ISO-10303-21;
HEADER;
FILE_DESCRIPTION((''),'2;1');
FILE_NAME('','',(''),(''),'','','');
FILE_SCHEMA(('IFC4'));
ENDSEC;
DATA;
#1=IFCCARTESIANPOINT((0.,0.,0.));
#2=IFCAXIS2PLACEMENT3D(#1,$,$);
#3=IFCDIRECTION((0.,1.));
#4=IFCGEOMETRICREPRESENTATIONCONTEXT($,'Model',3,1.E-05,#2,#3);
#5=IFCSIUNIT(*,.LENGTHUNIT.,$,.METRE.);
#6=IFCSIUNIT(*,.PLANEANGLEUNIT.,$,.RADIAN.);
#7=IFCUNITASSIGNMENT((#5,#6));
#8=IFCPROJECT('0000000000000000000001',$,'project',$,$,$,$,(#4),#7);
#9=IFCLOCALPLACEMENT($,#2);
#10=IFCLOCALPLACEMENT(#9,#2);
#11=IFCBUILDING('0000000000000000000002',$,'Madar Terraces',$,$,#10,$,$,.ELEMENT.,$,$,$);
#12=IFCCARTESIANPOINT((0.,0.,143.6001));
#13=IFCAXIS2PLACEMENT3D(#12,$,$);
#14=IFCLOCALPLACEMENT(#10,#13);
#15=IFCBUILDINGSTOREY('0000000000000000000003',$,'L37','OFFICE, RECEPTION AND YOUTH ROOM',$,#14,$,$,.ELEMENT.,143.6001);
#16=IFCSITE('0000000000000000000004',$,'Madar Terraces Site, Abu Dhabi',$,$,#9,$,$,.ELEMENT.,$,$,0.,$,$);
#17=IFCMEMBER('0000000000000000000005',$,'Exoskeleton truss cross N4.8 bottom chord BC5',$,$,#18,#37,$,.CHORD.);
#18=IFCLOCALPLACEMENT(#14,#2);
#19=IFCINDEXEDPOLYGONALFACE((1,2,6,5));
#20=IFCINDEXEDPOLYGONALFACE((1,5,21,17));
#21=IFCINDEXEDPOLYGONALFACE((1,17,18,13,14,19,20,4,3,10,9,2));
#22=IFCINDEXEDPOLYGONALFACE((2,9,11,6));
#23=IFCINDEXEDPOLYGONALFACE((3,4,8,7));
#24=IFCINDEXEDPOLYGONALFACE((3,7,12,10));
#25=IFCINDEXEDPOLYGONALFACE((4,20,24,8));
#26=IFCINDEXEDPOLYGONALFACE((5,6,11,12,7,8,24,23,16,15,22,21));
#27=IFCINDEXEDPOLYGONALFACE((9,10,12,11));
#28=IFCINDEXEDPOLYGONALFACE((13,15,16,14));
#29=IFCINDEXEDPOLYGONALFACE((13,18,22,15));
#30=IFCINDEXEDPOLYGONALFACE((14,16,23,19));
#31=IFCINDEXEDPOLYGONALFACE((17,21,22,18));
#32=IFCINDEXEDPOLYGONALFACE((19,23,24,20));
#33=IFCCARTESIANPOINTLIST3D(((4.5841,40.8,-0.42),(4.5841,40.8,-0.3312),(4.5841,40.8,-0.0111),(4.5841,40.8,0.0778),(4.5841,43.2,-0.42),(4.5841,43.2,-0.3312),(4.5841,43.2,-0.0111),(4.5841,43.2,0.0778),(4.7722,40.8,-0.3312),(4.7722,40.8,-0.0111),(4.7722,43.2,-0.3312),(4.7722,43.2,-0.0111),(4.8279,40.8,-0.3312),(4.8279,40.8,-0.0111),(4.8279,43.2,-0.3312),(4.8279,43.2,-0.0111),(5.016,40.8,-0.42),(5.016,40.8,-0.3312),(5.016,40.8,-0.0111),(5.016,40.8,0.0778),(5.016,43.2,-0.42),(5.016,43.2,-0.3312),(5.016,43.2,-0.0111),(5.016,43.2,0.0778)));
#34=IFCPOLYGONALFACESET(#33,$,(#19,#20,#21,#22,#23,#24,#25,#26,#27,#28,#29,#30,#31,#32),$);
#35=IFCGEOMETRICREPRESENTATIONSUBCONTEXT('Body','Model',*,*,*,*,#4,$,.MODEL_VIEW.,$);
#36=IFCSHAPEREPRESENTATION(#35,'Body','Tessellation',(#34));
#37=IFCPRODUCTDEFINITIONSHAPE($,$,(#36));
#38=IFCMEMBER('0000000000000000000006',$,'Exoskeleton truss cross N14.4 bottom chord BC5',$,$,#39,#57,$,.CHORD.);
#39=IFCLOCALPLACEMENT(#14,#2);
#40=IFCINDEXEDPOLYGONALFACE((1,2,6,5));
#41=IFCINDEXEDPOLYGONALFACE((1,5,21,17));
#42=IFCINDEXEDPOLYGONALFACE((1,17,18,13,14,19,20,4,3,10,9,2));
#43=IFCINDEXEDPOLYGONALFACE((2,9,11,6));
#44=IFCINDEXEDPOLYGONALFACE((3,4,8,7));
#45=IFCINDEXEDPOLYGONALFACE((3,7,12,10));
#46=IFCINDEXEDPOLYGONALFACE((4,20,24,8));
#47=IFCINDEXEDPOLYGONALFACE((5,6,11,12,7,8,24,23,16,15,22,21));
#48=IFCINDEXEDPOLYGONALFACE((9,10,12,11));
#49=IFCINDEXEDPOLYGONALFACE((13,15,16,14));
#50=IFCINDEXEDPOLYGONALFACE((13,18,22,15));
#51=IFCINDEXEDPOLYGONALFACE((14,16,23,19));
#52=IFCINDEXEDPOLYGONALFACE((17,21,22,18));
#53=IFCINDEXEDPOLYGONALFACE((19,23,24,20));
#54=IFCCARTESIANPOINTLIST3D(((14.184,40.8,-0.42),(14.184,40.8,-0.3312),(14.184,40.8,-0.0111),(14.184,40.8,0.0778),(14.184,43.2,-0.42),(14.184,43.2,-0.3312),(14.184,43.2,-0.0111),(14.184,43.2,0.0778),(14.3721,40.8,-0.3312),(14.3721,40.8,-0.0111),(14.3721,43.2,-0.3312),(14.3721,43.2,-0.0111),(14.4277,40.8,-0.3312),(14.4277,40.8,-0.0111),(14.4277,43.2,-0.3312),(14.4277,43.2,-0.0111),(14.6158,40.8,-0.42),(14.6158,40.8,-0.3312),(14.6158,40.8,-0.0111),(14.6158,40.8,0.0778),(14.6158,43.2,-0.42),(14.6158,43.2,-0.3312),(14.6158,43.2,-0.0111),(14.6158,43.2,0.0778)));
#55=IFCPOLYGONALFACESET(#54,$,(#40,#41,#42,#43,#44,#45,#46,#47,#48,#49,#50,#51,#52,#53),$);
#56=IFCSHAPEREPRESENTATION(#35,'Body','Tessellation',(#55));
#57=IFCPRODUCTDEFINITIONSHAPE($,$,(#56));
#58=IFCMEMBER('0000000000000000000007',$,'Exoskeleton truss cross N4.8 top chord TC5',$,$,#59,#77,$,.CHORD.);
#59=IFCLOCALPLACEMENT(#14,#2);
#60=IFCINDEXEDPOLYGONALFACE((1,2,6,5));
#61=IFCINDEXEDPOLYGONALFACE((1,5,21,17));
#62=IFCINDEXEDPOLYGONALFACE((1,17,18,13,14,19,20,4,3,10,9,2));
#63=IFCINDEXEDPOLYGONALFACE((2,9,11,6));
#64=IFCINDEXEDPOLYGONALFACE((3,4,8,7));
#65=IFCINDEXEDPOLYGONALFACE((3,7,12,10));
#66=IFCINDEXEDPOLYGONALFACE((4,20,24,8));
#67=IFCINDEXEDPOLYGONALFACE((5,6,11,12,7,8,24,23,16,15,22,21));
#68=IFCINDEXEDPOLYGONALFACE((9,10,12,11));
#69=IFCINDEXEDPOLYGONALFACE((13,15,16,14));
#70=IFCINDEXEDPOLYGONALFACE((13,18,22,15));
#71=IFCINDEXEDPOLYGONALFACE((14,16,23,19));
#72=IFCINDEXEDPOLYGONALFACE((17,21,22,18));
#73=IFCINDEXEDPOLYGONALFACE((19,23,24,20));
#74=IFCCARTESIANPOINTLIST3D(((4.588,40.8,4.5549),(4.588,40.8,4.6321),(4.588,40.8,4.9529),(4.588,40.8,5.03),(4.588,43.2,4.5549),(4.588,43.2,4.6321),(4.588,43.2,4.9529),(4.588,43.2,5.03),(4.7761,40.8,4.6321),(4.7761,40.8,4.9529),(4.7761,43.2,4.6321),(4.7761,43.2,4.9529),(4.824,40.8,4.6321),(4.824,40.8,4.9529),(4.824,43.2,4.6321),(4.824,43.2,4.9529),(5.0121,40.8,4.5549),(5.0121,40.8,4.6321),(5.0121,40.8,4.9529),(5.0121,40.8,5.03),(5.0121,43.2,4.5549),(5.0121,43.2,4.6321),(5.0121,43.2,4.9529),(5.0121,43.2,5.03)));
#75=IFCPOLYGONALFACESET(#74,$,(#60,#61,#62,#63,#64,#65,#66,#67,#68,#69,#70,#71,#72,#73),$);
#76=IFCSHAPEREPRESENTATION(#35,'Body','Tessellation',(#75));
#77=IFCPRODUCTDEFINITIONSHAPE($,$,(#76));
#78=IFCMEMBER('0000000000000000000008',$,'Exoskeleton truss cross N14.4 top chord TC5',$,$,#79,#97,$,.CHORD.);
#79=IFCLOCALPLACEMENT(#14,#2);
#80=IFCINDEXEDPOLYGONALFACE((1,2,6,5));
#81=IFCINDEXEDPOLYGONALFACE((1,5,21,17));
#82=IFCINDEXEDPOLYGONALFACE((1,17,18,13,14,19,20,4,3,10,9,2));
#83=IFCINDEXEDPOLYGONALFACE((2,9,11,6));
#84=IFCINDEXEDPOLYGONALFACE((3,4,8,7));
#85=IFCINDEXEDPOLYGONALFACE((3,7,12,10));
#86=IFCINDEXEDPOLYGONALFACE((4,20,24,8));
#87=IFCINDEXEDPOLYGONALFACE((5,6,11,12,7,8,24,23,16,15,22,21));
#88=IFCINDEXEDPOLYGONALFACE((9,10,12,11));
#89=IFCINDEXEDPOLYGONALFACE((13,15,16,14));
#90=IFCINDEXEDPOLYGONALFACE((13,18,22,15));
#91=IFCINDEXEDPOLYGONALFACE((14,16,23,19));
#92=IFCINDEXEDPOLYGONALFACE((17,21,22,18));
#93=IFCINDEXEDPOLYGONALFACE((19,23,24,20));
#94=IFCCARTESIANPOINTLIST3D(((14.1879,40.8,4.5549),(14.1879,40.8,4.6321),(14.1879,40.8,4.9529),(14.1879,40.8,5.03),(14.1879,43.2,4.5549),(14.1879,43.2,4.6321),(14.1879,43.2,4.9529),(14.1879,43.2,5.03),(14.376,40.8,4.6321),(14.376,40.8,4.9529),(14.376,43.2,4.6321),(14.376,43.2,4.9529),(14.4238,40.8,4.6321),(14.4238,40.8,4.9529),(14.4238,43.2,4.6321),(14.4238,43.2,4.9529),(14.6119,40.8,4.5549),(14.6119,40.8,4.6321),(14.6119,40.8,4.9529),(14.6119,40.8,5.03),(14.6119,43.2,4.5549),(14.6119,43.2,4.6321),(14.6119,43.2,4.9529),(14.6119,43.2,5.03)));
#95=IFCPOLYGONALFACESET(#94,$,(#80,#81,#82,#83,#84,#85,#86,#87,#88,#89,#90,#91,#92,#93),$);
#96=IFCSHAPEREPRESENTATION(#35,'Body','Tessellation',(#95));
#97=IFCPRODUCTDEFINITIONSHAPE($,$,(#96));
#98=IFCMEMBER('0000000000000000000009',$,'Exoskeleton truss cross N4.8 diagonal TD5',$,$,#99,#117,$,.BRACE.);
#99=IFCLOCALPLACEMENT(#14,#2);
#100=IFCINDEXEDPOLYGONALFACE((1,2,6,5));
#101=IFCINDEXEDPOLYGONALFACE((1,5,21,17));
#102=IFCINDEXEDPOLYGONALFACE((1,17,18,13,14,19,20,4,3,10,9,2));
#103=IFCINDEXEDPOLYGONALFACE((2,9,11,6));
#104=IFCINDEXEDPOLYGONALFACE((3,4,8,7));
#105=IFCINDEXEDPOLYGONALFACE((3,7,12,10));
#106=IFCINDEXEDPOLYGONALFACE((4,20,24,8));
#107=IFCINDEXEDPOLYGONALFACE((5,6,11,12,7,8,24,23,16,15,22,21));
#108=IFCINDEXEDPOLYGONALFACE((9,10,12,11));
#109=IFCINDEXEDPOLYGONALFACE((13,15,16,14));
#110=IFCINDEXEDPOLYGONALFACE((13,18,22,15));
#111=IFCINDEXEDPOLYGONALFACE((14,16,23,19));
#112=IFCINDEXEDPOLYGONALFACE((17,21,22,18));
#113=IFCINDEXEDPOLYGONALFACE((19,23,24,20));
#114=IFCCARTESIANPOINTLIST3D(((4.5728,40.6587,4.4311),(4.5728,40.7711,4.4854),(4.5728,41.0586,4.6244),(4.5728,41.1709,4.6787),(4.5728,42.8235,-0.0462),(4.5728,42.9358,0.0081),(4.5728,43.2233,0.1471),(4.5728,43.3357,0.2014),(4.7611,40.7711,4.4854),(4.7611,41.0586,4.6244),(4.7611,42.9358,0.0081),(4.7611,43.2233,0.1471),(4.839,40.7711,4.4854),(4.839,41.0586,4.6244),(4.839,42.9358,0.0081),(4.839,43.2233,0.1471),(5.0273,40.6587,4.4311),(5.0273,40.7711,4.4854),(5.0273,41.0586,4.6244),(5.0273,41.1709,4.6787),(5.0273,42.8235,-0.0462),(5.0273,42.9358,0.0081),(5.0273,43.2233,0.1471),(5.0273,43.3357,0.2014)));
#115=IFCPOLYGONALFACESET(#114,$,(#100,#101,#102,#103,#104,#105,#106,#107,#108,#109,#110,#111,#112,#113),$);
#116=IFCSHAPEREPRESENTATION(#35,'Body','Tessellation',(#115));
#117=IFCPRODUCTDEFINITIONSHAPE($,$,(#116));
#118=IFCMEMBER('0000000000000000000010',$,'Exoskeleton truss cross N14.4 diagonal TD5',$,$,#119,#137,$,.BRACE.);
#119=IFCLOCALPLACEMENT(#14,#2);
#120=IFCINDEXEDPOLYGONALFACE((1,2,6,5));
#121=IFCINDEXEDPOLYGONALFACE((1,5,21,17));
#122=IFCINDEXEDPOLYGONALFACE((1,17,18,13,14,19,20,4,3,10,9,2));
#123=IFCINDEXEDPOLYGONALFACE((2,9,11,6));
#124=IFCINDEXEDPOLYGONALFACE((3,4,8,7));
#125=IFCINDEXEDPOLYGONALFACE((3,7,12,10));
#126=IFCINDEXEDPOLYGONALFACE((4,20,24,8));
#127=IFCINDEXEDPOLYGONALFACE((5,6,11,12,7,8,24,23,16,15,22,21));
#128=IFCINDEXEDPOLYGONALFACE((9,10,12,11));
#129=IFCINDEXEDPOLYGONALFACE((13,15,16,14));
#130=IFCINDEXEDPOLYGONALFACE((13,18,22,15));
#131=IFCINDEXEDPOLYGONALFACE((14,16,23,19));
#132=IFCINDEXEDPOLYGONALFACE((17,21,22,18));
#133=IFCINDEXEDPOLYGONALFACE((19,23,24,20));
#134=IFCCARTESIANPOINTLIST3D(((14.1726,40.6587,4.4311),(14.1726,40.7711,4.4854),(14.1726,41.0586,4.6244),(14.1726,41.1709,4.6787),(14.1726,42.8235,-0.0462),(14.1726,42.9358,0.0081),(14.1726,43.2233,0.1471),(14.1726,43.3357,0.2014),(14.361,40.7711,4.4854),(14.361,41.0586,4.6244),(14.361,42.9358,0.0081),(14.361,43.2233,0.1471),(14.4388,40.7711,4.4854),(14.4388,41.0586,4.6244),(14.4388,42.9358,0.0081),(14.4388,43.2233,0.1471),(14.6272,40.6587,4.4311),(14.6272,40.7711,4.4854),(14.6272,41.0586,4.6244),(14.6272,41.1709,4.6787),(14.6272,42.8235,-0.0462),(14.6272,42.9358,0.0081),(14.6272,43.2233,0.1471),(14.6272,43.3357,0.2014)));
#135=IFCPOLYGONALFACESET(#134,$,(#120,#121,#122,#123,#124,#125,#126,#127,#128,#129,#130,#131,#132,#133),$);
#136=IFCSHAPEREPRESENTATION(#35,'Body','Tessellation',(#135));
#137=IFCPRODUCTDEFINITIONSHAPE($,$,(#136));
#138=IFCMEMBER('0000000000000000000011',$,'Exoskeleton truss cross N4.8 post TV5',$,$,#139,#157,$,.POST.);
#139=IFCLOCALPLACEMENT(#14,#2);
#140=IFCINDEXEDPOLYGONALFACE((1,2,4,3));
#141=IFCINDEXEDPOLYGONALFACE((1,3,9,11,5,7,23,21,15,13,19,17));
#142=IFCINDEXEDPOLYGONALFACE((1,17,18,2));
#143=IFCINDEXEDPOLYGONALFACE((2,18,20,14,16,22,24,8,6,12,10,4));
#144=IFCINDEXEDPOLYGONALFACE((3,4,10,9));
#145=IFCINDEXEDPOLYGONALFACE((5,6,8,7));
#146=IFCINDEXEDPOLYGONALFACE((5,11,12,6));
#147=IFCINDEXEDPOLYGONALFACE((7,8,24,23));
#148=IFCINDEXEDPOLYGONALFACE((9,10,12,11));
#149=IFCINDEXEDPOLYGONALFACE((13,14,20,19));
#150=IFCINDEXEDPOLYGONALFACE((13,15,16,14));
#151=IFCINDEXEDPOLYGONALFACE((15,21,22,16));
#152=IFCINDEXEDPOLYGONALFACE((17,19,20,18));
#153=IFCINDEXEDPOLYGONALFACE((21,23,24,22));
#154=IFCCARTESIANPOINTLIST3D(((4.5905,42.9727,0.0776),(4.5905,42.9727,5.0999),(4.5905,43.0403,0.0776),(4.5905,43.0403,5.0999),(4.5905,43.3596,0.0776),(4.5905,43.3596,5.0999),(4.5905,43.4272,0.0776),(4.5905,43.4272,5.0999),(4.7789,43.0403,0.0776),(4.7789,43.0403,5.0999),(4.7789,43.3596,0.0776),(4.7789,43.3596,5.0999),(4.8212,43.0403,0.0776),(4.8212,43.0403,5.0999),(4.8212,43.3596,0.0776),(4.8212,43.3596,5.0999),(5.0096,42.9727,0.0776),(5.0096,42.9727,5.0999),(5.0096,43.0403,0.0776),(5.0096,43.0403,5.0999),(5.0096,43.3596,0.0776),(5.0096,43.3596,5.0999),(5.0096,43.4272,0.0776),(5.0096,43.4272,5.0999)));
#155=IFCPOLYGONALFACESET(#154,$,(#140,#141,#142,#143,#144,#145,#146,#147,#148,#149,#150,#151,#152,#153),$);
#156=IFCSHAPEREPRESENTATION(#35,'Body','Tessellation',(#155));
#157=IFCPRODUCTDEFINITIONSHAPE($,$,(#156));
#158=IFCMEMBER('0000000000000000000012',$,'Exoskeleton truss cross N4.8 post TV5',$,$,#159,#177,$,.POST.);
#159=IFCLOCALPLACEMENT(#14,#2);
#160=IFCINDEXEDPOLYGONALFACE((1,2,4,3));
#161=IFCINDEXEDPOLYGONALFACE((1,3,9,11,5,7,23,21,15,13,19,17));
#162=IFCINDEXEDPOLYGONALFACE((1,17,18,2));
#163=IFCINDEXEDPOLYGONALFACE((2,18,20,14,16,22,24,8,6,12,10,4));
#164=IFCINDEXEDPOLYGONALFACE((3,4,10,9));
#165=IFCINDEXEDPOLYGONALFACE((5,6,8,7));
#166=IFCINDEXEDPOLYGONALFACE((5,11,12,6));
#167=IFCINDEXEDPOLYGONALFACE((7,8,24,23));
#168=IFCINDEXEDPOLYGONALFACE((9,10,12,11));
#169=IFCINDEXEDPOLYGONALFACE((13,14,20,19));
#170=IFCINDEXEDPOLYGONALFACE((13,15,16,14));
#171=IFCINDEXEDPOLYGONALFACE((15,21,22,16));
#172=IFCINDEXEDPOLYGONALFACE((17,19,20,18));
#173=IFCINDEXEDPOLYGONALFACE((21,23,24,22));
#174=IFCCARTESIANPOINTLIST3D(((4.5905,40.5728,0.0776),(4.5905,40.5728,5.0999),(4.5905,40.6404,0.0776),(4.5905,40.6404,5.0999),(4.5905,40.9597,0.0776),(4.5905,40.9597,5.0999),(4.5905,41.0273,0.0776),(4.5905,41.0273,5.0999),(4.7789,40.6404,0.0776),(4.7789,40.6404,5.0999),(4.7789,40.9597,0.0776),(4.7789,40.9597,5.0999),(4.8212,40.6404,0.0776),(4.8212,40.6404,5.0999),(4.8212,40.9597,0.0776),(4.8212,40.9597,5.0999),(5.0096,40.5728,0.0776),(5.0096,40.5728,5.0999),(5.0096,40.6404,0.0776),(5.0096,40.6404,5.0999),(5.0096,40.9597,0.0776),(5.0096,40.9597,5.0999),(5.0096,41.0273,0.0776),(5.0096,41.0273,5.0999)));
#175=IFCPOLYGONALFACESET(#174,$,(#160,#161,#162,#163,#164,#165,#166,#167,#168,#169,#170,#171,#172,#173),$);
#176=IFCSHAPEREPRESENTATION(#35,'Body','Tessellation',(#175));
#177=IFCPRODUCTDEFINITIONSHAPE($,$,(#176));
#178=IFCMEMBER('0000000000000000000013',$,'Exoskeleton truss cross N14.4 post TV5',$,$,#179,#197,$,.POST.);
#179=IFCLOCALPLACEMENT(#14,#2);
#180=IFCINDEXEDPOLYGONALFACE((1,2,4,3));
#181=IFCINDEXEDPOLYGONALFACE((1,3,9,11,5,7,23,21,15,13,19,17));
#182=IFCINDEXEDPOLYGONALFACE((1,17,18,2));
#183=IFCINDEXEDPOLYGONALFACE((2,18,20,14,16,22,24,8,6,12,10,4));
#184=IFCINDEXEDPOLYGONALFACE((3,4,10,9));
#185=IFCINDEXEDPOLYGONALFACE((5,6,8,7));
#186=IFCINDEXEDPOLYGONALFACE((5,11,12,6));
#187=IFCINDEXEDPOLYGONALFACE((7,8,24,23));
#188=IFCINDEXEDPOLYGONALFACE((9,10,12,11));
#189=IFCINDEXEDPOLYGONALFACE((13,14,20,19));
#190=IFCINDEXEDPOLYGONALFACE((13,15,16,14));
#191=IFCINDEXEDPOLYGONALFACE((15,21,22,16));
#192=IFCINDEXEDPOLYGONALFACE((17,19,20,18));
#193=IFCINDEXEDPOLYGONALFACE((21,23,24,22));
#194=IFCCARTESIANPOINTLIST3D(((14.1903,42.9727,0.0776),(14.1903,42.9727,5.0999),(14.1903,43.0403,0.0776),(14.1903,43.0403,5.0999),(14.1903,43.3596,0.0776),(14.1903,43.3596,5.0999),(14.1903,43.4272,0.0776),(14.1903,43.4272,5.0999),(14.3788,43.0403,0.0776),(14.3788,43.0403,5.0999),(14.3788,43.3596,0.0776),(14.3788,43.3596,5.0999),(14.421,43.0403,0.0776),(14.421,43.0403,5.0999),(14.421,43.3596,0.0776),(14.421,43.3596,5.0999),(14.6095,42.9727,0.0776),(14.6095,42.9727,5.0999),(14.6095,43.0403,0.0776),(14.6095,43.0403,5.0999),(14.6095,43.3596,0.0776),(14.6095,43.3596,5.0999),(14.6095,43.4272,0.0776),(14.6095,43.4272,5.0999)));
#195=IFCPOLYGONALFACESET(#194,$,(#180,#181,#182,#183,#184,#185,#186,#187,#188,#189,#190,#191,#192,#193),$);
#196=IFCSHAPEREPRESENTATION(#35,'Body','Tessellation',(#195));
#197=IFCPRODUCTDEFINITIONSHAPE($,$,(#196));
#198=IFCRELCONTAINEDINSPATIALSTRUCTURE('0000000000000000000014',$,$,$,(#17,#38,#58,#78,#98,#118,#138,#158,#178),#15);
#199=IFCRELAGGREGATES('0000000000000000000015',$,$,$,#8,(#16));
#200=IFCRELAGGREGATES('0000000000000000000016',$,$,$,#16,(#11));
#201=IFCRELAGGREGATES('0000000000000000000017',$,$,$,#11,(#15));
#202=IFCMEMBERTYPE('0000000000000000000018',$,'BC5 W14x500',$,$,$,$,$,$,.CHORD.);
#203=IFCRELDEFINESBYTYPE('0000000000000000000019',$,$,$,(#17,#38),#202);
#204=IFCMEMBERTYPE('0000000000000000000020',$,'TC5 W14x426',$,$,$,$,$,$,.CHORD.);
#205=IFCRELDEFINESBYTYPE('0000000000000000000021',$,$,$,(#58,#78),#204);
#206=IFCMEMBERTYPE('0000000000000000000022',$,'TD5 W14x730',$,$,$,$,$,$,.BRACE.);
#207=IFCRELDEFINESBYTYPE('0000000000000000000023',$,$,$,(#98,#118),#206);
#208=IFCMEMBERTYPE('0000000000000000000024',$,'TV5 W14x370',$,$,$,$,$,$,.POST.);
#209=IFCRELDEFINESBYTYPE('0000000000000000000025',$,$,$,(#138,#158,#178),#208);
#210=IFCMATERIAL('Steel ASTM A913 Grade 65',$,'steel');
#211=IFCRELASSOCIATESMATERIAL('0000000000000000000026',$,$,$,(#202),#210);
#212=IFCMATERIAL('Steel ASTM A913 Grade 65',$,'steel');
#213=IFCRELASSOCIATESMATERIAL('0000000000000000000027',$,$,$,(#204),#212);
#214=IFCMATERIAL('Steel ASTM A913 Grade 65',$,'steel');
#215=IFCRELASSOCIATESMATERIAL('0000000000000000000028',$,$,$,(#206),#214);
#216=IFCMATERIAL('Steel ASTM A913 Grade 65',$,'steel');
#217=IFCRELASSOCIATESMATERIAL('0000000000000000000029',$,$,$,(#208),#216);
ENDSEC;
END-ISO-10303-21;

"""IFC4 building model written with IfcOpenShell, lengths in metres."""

from ifc_helpers import new_model, si_unit, direction, frame, origin, origin_2d, place, context, subcontext, project, spatial, i_section, extrude, material, material_profile, profile_set, type_object, element, save


model = new_model("IFC4")

# Units and contexts
model_context = context("Model", 3, precision=1e-05, world=origin(), true_north=direction((0.0, 1.0)))
body_context = subcontext(model_context, "Body", "Model", "MODEL_VIEW")
ifc_project = project(units=[si_unit("LENGTHUNIT", "METRE"), si_unit("PLANEANGLEUNIT", "RADIAN")], contexts=[model_context])

# Site, building, storey
site_placement = place(None, origin())
site = spatial("IfcSite", under=ifc_project, at=site_placement, Name="Madar Terraces Site, Abu Dhabi", CompositionType="ELEMENT", RefElevation=0.0)
building_placement = place(site_placement, origin())
building = spatial("IfcBuilding", under=site, at=building_placement, Name="Madar Terraces", CompositionType="ELEMENT")
storey_placement = place(building_placement, frame((0.0, 0.0, 143.6001)))
storey = spatial("IfcBuildingStorey", under=building, at=storey_placement, Name="L37", Description="OFFICE, RECEPTION AND YOUTH ROOM", CompositionType="ELEMENT", Elevation=143.6001)

# Members
ifc_material_1 = material(Name="Steel ASTM A913 Grade 65", Category="steel")
ifc_material_profile_1 = material_profile(ifc_material_1, i_section(OverallWidth=0.4319, OverallDepth=0.4978, WebThickness=0.0557, FlangeThickness=0.0889, at=origin_2d()), Name="W14x500")
ifc_profile_set_1 = profile_set([ifc_material_profile_1], Name="Steel ASTM A913 Grade 65")
member_type_1 = type_object("IfcMemberType", Name="BC5 W14x500", PredefinedType="CHORD", material=ifc_profile_set_1)
for number, where, z_axis, x_axis, name in (
    (1, (4.8, 43.2, -0.1711), (0.0, -1.0, 0.0), (1.0, 0.0, 0.0), "Exoskeleton truss cross N4.8 bottom chord BC5"),
    (2, (14.3999, 43.2, -0.1711), (0.0, -1.0, 0.0), (1.0, 0.0, 0.0), "Exoskeleton truss cross N14.4 bottom chord BC5"),
):
    element("IfcMember", number, at=place(storey_placement, frame(where, z_axis=z_axis, x_axis=x_axis)), inside=storey, type_object=member_type_1, Name=name, PredefinedType="CHORD", context=body_context, shape_type="SweptSolid", body=[
        extrude(i_section(OverallWidth=0.4319, OverallDepth=0.4978, WebThickness=0.0557, FlangeThickness=0.0889, at=origin_2d()), origin(), (0.0, 0.0, 1.0), 2.3999),
    ])
ifc_material_2 = material(Name="Steel ASTM A913 Grade 65", Category="steel")
ifc_material_profile_2 = material_profile(ifc_material_2, i_section(OverallWidth=0.4241, OverallDepth=0.4751, WebThickness=0.0479, FlangeThickness=0.0771, at=origin_2d()), Name="W14x426")
ifc_profile_set_2 = profile_set([ifc_material_profile_2], Name="Steel ASTM A913 Grade 65")
member_type_2 = type_object("IfcMemberType", Name="TC5 W14x426", PredefinedType="CHORD", material=ifc_profile_set_2)
for number, where, z_axis, x_axis, name in (
    (3, (4.8, 43.2, 4.7925), (0.0, -1.0, 0.0), (1.0, 0.0, 0.0), "Exoskeleton truss cross N4.8 top chord TC5"),
    (4, (14.3999, 43.2, 4.7925), (0.0, -1.0, 0.0), (1.0, 0.0, 0.0), "Exoskeleton truss cross N14.4 top chord TC5"),
):
    element("IfcMember", number, at=place(storey_placement, frame(where, z_axis=z_axis, x_axis=x_axis)), inside=storey, type_object=member_type_2, Name=name, PredefinedType="CHORD", context=body_context, shape_type="SweptSolid", body=[
        extrude(i_section(OverallWidth=0.4241, OverallDepth=0.4751, WebThickness=0.0479, FlangeThickness=0.0771, at=origin_2d()), origin(), (0.0, 0.0, 1.0), 2.3999),
    ])
ifc_material_3 = material(Name="Steel ASTM A913 Grade 65", Category="steel")
ifc_material_profile_3 = material_profile(ifc_material_3, i_section(OverallWidth=0.4546, OverallDepth=0.5688, WebThickness=0.0779, FlangeThickness=0.1248, at=origin_2d()), Name="W14x730")
ifc_profile_set_3 = profile_set([ifc_material_profile_3], Name="Steel ASTM A913 Grade 65")
member_type_3 = type_object("IfcMemberType", Name="TD5 W14x730", PredefinedType="BRACE", material=ifc_profile_set_3)
for number, where, z_axis, x_axis, name in (
    (5, (4.8, 43.0796, 0.0776), (0.0, -0.435294, 0.900288), (1.0, 0.0, 0.0), "Exoskeleton truss cross N4.8 diagonal TD5"),
    (6, (14.3999, 43.0796, 0.0776), (0.0, -0.435294, 0.900288), (1.0, 0.0, 0.0), "Exoskeleton truss cross N14.4 diagonal TD5"),
):
    element("IfcMember", number, at=place(storey_placement, frame(where, z_axis=z_axis, x_axis=x_axis)), inside=storey, type_object=member_type_3, Name=name, PredefinedType="BRACE", context=body_context, shape_type="SweptSolid", body=[
        extrude(i_section(OverallWidth=0.4546, OverallDepth=0.5688, WebThickness=0.0779, FlangeThickness=0.1248, at=origin_2d()), origin(), (0.0, 0.0, 1.0), 4.9731),
    ])
ifc_material_4 = material(Name="Steel ASTM A913 Grade 65", Category="steel")
ifc_material_profile_4 = material_profile(ifc_material_4, i_section(OverallWidth=0.4192, OverallDepth=0.4546, WebThickness=0.0422, FlangeThickness=0.0676, at=origin_2d()), Name="W14x370")
ifc_profile_set_4 = profile_set([ifc_material_profile_4], Name="Steel ASTM A913 Grade 65")
member_type_4 = type_object("IfcMemberType", Name="TV5 W14x370", PredefinedType="POST", material=ifc_profile_set_4)
for number, where, z_axis, x_axis, name in (
    (7, (4.8, 43.2, 0.0776), (0.0, 0.0, 1.0), (-1.0, 0.0, 0.0), "Exoskeleton truss cross N4.8 post TV5"),
    (8, (4.8, 40.8, 0.0776), (0.0, 0.0, 1.0), (-1.0, 0.0, 0.0), "Exoskeleton truss cross N4.8 post TV5"),
    (9, (14.3999, 43.2, 0.0776), (0.0, 0.0, 1.0), (-1.0, 0.0, 0.0), "Exoskeleton truss cross N14.4 post TV5"),
):
    element("IfcMember", number, at=place(storey_placement, frame(where, z_axis=z_axis, x_axis=x_axis)), inside=storey, type_object=member_type_4, Name=name, PredefinedType="POST", context=body_context, shape_type="SweptSolid", body=[
        extrude(i_section(OverallWidth=0.4192, OverallDepth=0.4546, WebThickness=0.0422, FlangeThickness=0.0676, at=origin_2d()), origin(), (0.0, 0.0, 1.0), 5.0222),
    ])

save(model, "model.ifc")
